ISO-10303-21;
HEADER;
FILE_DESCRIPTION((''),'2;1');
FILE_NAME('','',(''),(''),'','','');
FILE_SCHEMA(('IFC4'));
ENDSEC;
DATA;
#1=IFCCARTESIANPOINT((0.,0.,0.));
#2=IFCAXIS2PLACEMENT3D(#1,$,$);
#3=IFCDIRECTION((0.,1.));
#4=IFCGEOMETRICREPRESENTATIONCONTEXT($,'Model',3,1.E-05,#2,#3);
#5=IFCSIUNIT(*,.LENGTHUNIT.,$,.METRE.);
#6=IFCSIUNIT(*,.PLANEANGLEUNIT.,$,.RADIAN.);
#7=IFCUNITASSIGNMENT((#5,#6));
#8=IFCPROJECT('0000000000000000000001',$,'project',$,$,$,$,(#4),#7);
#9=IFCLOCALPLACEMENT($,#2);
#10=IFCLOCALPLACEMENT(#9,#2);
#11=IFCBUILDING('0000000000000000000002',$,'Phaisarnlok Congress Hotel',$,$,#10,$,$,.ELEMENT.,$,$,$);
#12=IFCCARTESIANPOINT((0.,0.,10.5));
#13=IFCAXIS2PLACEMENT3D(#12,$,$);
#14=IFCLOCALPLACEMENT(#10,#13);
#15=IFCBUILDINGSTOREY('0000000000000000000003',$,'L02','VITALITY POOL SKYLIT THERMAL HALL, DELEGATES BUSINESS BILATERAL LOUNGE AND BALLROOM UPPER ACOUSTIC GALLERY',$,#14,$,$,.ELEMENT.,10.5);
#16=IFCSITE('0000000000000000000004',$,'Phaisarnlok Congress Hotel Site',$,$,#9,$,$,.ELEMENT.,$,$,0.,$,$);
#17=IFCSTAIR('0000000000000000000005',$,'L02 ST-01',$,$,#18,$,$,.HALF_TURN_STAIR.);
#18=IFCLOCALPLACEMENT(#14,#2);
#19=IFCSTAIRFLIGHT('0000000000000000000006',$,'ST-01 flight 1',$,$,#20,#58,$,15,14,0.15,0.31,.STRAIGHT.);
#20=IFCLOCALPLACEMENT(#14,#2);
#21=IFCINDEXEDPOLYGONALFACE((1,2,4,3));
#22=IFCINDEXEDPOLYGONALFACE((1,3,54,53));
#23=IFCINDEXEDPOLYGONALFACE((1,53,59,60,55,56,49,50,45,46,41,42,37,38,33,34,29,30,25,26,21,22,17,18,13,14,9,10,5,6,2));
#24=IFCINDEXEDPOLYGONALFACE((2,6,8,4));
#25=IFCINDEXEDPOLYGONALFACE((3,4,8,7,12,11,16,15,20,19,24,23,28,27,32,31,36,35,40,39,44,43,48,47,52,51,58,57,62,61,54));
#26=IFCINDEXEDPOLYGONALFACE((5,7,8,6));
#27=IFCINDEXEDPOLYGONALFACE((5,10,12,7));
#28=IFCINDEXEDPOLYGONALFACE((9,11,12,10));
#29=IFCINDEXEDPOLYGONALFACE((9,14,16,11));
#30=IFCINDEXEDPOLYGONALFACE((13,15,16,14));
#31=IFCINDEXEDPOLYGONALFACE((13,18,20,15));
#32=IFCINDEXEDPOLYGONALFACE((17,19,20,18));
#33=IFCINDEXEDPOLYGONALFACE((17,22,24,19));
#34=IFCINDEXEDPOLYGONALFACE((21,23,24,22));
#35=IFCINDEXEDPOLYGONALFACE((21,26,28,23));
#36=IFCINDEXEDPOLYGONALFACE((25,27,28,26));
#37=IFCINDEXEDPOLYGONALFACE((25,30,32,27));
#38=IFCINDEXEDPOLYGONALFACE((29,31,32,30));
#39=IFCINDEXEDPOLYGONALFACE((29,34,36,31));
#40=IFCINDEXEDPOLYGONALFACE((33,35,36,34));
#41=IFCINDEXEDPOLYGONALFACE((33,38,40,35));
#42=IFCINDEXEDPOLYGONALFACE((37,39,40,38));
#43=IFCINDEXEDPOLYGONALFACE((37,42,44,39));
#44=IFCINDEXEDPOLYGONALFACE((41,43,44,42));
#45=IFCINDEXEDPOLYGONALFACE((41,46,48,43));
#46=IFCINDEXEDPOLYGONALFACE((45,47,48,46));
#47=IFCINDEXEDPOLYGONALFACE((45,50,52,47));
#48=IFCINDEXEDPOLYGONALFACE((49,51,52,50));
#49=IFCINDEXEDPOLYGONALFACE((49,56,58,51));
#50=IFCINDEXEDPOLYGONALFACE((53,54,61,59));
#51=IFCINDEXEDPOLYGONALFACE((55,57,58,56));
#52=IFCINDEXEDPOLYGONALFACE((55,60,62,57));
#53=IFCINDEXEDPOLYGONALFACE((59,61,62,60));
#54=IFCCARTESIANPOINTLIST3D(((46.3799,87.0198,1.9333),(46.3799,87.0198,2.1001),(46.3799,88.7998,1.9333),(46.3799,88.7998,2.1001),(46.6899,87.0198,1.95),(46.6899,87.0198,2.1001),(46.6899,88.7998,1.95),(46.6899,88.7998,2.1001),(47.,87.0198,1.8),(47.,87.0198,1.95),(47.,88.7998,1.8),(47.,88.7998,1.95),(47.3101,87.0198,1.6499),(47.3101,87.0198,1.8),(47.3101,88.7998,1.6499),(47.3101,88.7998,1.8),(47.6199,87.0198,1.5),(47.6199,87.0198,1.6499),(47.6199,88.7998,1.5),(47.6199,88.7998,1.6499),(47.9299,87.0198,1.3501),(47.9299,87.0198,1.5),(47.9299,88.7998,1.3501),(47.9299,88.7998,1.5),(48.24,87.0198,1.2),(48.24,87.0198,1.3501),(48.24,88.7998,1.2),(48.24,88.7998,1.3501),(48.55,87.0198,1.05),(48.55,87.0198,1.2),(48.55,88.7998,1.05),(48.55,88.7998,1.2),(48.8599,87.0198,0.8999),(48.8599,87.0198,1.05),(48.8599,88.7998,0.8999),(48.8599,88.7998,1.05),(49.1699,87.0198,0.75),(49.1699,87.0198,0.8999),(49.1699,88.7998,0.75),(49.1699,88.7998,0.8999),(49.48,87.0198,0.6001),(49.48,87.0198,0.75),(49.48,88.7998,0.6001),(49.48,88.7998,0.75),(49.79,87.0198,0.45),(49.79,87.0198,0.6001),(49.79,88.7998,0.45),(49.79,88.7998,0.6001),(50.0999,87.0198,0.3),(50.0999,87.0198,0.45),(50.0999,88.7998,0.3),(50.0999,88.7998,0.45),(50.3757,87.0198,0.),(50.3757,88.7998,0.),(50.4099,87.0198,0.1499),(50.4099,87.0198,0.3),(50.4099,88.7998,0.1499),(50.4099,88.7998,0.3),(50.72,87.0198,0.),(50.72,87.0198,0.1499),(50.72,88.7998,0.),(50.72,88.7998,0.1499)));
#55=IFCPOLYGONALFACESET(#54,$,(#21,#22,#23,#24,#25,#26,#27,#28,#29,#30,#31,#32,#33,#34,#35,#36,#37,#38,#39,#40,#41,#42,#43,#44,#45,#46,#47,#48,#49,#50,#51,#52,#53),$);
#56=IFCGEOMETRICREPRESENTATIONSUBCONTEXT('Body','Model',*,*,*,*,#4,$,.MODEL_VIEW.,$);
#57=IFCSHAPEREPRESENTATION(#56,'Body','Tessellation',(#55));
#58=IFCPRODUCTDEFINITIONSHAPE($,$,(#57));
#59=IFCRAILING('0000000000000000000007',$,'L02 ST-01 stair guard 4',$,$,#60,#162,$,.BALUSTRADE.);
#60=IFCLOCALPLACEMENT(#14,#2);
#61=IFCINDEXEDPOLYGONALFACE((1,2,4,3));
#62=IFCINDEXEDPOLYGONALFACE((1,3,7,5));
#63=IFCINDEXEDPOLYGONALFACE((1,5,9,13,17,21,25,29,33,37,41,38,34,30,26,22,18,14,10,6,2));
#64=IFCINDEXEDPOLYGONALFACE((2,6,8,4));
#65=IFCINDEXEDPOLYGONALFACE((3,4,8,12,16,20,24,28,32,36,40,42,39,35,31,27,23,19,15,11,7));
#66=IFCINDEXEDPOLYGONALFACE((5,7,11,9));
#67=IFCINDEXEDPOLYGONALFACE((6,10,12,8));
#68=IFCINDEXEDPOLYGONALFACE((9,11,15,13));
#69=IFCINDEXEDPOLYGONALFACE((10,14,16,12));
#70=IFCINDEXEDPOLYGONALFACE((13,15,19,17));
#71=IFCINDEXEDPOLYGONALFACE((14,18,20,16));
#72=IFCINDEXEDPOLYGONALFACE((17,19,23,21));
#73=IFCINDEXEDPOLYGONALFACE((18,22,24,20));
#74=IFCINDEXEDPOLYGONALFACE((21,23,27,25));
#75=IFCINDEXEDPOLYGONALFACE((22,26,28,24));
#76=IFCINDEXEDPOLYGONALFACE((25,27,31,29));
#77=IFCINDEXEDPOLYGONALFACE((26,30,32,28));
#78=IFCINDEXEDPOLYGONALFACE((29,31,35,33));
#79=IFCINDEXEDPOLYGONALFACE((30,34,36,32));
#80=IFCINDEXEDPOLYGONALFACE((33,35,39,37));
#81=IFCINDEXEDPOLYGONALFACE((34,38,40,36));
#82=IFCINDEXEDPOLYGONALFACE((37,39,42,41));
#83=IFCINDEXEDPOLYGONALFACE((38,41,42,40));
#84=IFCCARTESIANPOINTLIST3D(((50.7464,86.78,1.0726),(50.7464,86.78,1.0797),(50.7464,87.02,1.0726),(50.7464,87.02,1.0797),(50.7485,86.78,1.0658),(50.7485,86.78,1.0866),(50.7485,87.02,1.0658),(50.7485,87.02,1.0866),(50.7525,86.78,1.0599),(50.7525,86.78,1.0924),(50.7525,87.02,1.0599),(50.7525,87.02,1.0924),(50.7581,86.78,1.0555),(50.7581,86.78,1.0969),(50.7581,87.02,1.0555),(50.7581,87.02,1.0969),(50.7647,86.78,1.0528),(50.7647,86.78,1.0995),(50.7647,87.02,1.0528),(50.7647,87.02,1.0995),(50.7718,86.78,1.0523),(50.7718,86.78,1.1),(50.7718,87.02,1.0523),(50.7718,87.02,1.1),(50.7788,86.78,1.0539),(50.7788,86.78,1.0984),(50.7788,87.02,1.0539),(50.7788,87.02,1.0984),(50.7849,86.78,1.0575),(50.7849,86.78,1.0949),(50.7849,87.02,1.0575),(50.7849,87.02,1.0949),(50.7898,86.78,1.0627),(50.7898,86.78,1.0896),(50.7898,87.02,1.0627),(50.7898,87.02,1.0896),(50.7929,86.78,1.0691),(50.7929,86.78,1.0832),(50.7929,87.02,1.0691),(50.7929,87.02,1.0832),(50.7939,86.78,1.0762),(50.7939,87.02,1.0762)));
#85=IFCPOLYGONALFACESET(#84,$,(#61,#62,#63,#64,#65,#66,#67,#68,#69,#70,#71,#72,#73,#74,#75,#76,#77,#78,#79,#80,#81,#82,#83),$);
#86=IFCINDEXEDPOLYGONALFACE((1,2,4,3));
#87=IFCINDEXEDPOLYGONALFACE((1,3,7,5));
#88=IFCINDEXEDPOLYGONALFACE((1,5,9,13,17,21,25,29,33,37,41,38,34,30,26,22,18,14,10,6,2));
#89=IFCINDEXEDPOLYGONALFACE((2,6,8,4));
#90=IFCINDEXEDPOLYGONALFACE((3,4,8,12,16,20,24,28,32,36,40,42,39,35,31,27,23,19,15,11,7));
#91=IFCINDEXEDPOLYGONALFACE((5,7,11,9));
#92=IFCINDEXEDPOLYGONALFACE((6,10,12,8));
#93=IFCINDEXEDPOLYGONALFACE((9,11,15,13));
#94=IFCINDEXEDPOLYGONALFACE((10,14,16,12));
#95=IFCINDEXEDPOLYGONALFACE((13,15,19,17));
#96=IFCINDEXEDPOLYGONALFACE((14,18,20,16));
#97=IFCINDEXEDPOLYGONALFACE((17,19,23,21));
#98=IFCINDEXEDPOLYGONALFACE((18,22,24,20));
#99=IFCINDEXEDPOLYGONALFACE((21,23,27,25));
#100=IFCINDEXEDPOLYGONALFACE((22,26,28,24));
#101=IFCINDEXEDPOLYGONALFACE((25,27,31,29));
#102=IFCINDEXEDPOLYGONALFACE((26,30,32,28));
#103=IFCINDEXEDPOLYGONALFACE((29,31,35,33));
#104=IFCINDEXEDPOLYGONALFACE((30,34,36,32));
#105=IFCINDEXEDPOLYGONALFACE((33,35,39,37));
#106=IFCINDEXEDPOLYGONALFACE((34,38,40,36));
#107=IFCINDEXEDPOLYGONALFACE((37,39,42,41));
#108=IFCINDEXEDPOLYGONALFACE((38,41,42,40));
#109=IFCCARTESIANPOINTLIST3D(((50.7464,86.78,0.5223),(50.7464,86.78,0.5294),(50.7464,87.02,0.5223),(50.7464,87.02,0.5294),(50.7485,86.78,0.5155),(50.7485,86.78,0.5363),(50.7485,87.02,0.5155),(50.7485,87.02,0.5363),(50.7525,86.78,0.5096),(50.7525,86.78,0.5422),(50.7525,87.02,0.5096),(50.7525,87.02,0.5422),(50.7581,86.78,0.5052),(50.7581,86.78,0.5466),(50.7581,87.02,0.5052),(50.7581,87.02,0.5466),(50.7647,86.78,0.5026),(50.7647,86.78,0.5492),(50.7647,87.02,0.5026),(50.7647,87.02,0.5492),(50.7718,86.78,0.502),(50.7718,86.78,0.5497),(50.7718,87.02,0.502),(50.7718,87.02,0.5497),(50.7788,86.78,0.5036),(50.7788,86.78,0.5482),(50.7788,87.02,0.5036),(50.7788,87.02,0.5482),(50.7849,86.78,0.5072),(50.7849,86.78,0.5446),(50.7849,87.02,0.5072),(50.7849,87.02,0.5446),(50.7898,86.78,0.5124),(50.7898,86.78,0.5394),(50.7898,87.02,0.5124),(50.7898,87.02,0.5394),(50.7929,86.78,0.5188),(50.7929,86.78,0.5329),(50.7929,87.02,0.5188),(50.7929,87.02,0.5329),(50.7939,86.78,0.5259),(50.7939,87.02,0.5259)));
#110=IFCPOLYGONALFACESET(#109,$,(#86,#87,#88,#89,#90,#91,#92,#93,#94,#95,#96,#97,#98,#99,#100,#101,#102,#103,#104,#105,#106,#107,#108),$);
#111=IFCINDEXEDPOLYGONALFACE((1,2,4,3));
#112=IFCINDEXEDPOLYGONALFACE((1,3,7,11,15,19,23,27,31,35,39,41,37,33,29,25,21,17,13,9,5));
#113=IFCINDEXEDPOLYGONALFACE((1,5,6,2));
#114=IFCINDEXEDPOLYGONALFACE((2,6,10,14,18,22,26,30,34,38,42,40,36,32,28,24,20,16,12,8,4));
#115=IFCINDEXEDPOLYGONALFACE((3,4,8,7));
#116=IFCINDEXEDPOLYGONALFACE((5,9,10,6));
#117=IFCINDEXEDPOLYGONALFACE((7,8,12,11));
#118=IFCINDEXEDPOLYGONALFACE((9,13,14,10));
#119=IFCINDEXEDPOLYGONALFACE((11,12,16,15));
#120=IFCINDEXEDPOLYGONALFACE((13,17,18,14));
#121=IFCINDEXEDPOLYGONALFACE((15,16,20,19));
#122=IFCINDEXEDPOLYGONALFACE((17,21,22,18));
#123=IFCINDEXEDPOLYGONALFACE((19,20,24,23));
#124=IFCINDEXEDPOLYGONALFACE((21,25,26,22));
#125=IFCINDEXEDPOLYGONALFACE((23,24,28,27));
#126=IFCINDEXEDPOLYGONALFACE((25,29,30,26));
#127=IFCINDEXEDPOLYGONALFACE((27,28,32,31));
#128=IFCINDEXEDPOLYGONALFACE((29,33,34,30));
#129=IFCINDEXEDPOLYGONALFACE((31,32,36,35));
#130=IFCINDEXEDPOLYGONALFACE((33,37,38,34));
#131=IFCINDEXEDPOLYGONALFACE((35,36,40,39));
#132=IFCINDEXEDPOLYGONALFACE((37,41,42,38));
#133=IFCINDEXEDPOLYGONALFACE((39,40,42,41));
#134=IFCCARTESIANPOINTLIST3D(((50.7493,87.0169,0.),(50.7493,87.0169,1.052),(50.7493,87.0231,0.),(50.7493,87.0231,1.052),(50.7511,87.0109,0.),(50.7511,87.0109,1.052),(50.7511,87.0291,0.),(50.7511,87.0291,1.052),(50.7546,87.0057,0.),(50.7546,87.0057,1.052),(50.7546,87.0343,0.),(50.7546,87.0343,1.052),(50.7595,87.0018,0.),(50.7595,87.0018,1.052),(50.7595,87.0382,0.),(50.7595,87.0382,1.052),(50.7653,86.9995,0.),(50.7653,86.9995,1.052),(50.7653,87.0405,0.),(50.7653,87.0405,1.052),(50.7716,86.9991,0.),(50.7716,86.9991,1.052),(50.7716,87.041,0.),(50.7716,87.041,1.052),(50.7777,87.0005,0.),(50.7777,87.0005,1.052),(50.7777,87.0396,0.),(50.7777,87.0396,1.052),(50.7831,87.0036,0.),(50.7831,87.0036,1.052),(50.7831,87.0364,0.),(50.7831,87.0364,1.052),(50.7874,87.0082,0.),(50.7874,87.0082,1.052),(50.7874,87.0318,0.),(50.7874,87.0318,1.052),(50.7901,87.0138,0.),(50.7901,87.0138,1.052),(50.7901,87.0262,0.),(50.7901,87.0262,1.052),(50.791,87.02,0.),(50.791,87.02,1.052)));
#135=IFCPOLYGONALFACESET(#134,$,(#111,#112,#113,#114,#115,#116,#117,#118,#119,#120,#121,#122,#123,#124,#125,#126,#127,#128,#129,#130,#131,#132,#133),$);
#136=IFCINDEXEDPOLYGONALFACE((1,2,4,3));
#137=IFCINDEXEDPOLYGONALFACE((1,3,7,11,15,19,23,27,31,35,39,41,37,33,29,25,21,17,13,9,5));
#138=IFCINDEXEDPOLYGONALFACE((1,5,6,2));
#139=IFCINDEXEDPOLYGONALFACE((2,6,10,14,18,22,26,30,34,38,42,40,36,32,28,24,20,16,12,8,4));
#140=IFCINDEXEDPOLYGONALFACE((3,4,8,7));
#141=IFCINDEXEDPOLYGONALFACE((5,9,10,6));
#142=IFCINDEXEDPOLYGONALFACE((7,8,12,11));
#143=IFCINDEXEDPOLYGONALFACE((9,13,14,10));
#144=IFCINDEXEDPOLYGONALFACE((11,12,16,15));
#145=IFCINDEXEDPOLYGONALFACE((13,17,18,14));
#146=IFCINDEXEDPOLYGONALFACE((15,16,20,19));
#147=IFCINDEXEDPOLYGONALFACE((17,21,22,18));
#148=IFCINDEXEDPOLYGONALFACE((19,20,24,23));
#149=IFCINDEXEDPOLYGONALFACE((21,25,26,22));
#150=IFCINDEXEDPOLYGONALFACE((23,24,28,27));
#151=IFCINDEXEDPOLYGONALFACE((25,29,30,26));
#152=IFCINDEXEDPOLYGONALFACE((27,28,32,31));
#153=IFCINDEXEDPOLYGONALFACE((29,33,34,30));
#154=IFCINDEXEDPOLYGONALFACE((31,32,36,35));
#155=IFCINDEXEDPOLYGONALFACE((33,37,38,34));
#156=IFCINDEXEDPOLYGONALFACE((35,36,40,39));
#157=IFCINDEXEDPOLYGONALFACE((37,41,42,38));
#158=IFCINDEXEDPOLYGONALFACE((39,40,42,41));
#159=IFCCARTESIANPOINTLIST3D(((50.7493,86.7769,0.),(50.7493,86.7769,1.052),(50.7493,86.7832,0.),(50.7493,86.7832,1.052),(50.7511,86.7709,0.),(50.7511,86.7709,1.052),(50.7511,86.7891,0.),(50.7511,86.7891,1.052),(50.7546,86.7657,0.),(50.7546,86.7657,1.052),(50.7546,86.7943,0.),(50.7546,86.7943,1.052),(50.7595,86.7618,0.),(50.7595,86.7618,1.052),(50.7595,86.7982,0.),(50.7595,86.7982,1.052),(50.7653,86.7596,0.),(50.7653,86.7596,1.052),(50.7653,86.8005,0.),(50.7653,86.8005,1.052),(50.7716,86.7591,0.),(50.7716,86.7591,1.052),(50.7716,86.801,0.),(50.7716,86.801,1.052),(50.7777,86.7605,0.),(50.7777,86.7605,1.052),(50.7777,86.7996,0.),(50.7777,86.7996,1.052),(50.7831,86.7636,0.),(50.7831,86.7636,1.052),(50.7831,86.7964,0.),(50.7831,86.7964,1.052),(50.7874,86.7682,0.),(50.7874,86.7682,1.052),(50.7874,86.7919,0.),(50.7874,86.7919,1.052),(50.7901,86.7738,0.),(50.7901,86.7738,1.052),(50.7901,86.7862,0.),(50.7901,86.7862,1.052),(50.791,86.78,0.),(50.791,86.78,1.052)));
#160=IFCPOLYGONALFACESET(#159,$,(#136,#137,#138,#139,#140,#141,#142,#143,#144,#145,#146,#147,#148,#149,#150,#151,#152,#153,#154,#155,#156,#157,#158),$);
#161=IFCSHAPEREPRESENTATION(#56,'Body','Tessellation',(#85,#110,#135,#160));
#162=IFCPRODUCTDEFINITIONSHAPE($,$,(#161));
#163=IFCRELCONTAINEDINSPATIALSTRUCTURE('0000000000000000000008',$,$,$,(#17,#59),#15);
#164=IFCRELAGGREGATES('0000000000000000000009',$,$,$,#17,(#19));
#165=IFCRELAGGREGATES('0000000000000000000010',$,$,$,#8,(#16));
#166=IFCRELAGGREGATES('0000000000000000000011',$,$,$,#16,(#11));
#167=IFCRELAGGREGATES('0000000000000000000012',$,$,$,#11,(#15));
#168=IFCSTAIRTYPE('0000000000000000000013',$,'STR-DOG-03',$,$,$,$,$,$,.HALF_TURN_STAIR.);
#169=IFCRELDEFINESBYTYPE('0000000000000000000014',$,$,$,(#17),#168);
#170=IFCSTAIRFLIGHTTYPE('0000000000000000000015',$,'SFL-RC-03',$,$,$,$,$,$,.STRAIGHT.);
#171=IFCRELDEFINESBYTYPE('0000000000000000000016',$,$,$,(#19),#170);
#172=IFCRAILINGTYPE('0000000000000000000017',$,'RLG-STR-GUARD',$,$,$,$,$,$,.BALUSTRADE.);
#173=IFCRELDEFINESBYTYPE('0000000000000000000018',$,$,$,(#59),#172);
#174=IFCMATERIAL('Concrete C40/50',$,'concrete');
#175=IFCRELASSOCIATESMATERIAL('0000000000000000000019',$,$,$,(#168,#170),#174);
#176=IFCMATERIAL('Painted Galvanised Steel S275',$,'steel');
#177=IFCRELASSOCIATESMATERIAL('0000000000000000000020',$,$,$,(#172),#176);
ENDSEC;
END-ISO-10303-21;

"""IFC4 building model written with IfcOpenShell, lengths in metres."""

from ifc_helpers import new_model, si_unit, direction, frame, origin, origin_2d, place, context, subcontext, project, spatial, polyline, circle, outline, extrude, material, type_object, element, aggregate, save


model = new_model("IFC4")

# Units and contexts
model_context = context("Model", 3, precision=1e-05, world=origin(), true_north=direction((0.0, 1.0)))
body_context = subcontext(model_context, "Body", "Model", "MODEL_VIEW")
ifc_project = project(units=[si_unit("LENGTHUNIT", "METRE"), si_unit("PLANEANGLEUNIT", "RADIAN")], contexts=[model_context])

# Site, building, storey
site_placement = place(None, origin())
site = spatial("IfcSite", under=ifc_project, at=site_placement, Name="Phaisarnlok Congress Hotel Site", CompositionType="ELEMENT", RefElevation=0.0)
building_placement = place(site_placement, origin())
building = spatial("IfcBuilding", under=site, at=building_placement, Name="Phaisarnlok Congress Hotel", CompositionType="ELEMENT")
storey_placement = place(building_placement, frame((0.0, 0.0, 10.5)))
storey = spatial("IfcBuildingStorey", under=building, at=storey_placement, Name="L02", Description="VITALITY POOL SKYLIT THERMAL HALL, DELEGATES BUSINESS BILATERAL LOUNGE AND BALLROOM UPPER ACOUSTIC GALLERY", CompositionType="ELEMENT", Elevation=10.5)

# Shared definitions
ifc_material_1 = material(Name="Concrete C40/50", Category="concrete")

# Stair, stair flight
stair_type = type_object("IfcStairType", Name="STR-DOG-03", PredefinedType="HALF_TURN_STAIR", material=ifc_material_1)
stair_placement = place(storey_placement, origin())
stair = element("IfcStair", 1, at=stair_placement, inside=storey, type_object=stair_type, Name="L02 ST-01", PredefinedType="HALF_TURN_STAIR")
stair_flight_type = type_object("IfcStairFlightType", Name="SFL-RC-03", PredefinedType="STRAIGHT", material=ifc_material_1)
stair_flight_placement = place(storey_placement, frame((50.72, 87.9099, 0.0), z_axis=(0.0, 0.0, 1.0), x_axis=(-1.0, 0.0, 0.0)))
stair_flight = element("IfcStairFlight", 2, at=stair_flight_placement, type_object=stair_flight_type, Name="ST-01 flight 1", NumberOfRisers=15, NumberOfTreads=14, PredefinedType="STRAIGHT", RiserHeight=0.15, TreadLength=0.31, context=body_context, shape_type="SweptSolid", body=[
    extrude(outline(polyline([(0.0, 0.0), (0.0, 0.1499), (0.3101, 0.1499), (0.3101, 0.3), (0.6201, 0.3), (0.6201, 0.45), (0.9299, 0.45), (0.9299, 0.6001), (1.24, 0.6001), (1.24, 0.75), (1.55, 0.75), (1.55, 0.8999), (1.8601, 0.8999), (1.8601, 1.05), (2.1699, 1.05), (2.1699, 1.2), (2.48, 1.2), (2.48, 1.3501), (2.79, 1.3501), (2.79, 1.5), (3.1001, 1.5), (3.1001, 1.6499), (3.4099, 1.6499), (3.4099, 1.8), (3.72, 1.8), (3.72, 1.95), (4.03, 1.95), (4.03, 2.1001), (4.3401, 2.1001), (4.3401, 2.25), (4.3401, 1.9333), (0.3442, 0.0), (0.0, 0.0)])), frame((0.0, 0.8901, 0.0), z_axis=(0.0, -1.0, 0.0), x_axis=(1.0, 0.0, 0.0)), (0.0, 0.0, 1.0), 1.78),
])
aggregate(stair, [stair_flight])

# Railing
ifc_material_2 = material(Name="Painted Galvanised Steel S275", Category="steel")
railing_type_1 = type_object("IfcRailingType", Name="RLG-STR-GUARD", PredefinedType="BALUSTRADE", material=ifc_material_2)
railing_1_placement = place(storey_placement, frame((50.77, 87.02, 0.0)))
element("IfcRailing", 3, at=railing_1_placement, inside=storey, type_object=railing_type_1, Name="L02 ST-01 stair guard 4", PredefinedType="BALUSTRADE", context=body_context, shape_type="SweptSolid", body=[
    extrude(circle(Radius=0.0239, at=origin_2d()), frame((0.0, 0.0, 1.0762), z_axis=(0.0, -1.0, 0.0), x_axis=(1.0, 0.0, 0.0)), (0.0, 0.0, 1.0), 0.24),
    extrude(circle(Radius=0.0239, at=origin_2d()), frame((0.0, 0.0, 0.5259), z_axis=(0.0, -1.0, 0.0), x_axis=(1.0, 0.0, 0.0)), (0.0, 0.0, 1.0), 0.24),
    extrude(circle(Radius=0.021, at=origin_2d()), origin(), (0.0, 0.0, 1.0), 1.052),
    extrude(circle(Radius=0.021, at=origin_2d()), frame((0.0, -0.24, 0.0)), (0.0, 0.0, 1.0), 1.052),
])

save(model, "model.ifc")
